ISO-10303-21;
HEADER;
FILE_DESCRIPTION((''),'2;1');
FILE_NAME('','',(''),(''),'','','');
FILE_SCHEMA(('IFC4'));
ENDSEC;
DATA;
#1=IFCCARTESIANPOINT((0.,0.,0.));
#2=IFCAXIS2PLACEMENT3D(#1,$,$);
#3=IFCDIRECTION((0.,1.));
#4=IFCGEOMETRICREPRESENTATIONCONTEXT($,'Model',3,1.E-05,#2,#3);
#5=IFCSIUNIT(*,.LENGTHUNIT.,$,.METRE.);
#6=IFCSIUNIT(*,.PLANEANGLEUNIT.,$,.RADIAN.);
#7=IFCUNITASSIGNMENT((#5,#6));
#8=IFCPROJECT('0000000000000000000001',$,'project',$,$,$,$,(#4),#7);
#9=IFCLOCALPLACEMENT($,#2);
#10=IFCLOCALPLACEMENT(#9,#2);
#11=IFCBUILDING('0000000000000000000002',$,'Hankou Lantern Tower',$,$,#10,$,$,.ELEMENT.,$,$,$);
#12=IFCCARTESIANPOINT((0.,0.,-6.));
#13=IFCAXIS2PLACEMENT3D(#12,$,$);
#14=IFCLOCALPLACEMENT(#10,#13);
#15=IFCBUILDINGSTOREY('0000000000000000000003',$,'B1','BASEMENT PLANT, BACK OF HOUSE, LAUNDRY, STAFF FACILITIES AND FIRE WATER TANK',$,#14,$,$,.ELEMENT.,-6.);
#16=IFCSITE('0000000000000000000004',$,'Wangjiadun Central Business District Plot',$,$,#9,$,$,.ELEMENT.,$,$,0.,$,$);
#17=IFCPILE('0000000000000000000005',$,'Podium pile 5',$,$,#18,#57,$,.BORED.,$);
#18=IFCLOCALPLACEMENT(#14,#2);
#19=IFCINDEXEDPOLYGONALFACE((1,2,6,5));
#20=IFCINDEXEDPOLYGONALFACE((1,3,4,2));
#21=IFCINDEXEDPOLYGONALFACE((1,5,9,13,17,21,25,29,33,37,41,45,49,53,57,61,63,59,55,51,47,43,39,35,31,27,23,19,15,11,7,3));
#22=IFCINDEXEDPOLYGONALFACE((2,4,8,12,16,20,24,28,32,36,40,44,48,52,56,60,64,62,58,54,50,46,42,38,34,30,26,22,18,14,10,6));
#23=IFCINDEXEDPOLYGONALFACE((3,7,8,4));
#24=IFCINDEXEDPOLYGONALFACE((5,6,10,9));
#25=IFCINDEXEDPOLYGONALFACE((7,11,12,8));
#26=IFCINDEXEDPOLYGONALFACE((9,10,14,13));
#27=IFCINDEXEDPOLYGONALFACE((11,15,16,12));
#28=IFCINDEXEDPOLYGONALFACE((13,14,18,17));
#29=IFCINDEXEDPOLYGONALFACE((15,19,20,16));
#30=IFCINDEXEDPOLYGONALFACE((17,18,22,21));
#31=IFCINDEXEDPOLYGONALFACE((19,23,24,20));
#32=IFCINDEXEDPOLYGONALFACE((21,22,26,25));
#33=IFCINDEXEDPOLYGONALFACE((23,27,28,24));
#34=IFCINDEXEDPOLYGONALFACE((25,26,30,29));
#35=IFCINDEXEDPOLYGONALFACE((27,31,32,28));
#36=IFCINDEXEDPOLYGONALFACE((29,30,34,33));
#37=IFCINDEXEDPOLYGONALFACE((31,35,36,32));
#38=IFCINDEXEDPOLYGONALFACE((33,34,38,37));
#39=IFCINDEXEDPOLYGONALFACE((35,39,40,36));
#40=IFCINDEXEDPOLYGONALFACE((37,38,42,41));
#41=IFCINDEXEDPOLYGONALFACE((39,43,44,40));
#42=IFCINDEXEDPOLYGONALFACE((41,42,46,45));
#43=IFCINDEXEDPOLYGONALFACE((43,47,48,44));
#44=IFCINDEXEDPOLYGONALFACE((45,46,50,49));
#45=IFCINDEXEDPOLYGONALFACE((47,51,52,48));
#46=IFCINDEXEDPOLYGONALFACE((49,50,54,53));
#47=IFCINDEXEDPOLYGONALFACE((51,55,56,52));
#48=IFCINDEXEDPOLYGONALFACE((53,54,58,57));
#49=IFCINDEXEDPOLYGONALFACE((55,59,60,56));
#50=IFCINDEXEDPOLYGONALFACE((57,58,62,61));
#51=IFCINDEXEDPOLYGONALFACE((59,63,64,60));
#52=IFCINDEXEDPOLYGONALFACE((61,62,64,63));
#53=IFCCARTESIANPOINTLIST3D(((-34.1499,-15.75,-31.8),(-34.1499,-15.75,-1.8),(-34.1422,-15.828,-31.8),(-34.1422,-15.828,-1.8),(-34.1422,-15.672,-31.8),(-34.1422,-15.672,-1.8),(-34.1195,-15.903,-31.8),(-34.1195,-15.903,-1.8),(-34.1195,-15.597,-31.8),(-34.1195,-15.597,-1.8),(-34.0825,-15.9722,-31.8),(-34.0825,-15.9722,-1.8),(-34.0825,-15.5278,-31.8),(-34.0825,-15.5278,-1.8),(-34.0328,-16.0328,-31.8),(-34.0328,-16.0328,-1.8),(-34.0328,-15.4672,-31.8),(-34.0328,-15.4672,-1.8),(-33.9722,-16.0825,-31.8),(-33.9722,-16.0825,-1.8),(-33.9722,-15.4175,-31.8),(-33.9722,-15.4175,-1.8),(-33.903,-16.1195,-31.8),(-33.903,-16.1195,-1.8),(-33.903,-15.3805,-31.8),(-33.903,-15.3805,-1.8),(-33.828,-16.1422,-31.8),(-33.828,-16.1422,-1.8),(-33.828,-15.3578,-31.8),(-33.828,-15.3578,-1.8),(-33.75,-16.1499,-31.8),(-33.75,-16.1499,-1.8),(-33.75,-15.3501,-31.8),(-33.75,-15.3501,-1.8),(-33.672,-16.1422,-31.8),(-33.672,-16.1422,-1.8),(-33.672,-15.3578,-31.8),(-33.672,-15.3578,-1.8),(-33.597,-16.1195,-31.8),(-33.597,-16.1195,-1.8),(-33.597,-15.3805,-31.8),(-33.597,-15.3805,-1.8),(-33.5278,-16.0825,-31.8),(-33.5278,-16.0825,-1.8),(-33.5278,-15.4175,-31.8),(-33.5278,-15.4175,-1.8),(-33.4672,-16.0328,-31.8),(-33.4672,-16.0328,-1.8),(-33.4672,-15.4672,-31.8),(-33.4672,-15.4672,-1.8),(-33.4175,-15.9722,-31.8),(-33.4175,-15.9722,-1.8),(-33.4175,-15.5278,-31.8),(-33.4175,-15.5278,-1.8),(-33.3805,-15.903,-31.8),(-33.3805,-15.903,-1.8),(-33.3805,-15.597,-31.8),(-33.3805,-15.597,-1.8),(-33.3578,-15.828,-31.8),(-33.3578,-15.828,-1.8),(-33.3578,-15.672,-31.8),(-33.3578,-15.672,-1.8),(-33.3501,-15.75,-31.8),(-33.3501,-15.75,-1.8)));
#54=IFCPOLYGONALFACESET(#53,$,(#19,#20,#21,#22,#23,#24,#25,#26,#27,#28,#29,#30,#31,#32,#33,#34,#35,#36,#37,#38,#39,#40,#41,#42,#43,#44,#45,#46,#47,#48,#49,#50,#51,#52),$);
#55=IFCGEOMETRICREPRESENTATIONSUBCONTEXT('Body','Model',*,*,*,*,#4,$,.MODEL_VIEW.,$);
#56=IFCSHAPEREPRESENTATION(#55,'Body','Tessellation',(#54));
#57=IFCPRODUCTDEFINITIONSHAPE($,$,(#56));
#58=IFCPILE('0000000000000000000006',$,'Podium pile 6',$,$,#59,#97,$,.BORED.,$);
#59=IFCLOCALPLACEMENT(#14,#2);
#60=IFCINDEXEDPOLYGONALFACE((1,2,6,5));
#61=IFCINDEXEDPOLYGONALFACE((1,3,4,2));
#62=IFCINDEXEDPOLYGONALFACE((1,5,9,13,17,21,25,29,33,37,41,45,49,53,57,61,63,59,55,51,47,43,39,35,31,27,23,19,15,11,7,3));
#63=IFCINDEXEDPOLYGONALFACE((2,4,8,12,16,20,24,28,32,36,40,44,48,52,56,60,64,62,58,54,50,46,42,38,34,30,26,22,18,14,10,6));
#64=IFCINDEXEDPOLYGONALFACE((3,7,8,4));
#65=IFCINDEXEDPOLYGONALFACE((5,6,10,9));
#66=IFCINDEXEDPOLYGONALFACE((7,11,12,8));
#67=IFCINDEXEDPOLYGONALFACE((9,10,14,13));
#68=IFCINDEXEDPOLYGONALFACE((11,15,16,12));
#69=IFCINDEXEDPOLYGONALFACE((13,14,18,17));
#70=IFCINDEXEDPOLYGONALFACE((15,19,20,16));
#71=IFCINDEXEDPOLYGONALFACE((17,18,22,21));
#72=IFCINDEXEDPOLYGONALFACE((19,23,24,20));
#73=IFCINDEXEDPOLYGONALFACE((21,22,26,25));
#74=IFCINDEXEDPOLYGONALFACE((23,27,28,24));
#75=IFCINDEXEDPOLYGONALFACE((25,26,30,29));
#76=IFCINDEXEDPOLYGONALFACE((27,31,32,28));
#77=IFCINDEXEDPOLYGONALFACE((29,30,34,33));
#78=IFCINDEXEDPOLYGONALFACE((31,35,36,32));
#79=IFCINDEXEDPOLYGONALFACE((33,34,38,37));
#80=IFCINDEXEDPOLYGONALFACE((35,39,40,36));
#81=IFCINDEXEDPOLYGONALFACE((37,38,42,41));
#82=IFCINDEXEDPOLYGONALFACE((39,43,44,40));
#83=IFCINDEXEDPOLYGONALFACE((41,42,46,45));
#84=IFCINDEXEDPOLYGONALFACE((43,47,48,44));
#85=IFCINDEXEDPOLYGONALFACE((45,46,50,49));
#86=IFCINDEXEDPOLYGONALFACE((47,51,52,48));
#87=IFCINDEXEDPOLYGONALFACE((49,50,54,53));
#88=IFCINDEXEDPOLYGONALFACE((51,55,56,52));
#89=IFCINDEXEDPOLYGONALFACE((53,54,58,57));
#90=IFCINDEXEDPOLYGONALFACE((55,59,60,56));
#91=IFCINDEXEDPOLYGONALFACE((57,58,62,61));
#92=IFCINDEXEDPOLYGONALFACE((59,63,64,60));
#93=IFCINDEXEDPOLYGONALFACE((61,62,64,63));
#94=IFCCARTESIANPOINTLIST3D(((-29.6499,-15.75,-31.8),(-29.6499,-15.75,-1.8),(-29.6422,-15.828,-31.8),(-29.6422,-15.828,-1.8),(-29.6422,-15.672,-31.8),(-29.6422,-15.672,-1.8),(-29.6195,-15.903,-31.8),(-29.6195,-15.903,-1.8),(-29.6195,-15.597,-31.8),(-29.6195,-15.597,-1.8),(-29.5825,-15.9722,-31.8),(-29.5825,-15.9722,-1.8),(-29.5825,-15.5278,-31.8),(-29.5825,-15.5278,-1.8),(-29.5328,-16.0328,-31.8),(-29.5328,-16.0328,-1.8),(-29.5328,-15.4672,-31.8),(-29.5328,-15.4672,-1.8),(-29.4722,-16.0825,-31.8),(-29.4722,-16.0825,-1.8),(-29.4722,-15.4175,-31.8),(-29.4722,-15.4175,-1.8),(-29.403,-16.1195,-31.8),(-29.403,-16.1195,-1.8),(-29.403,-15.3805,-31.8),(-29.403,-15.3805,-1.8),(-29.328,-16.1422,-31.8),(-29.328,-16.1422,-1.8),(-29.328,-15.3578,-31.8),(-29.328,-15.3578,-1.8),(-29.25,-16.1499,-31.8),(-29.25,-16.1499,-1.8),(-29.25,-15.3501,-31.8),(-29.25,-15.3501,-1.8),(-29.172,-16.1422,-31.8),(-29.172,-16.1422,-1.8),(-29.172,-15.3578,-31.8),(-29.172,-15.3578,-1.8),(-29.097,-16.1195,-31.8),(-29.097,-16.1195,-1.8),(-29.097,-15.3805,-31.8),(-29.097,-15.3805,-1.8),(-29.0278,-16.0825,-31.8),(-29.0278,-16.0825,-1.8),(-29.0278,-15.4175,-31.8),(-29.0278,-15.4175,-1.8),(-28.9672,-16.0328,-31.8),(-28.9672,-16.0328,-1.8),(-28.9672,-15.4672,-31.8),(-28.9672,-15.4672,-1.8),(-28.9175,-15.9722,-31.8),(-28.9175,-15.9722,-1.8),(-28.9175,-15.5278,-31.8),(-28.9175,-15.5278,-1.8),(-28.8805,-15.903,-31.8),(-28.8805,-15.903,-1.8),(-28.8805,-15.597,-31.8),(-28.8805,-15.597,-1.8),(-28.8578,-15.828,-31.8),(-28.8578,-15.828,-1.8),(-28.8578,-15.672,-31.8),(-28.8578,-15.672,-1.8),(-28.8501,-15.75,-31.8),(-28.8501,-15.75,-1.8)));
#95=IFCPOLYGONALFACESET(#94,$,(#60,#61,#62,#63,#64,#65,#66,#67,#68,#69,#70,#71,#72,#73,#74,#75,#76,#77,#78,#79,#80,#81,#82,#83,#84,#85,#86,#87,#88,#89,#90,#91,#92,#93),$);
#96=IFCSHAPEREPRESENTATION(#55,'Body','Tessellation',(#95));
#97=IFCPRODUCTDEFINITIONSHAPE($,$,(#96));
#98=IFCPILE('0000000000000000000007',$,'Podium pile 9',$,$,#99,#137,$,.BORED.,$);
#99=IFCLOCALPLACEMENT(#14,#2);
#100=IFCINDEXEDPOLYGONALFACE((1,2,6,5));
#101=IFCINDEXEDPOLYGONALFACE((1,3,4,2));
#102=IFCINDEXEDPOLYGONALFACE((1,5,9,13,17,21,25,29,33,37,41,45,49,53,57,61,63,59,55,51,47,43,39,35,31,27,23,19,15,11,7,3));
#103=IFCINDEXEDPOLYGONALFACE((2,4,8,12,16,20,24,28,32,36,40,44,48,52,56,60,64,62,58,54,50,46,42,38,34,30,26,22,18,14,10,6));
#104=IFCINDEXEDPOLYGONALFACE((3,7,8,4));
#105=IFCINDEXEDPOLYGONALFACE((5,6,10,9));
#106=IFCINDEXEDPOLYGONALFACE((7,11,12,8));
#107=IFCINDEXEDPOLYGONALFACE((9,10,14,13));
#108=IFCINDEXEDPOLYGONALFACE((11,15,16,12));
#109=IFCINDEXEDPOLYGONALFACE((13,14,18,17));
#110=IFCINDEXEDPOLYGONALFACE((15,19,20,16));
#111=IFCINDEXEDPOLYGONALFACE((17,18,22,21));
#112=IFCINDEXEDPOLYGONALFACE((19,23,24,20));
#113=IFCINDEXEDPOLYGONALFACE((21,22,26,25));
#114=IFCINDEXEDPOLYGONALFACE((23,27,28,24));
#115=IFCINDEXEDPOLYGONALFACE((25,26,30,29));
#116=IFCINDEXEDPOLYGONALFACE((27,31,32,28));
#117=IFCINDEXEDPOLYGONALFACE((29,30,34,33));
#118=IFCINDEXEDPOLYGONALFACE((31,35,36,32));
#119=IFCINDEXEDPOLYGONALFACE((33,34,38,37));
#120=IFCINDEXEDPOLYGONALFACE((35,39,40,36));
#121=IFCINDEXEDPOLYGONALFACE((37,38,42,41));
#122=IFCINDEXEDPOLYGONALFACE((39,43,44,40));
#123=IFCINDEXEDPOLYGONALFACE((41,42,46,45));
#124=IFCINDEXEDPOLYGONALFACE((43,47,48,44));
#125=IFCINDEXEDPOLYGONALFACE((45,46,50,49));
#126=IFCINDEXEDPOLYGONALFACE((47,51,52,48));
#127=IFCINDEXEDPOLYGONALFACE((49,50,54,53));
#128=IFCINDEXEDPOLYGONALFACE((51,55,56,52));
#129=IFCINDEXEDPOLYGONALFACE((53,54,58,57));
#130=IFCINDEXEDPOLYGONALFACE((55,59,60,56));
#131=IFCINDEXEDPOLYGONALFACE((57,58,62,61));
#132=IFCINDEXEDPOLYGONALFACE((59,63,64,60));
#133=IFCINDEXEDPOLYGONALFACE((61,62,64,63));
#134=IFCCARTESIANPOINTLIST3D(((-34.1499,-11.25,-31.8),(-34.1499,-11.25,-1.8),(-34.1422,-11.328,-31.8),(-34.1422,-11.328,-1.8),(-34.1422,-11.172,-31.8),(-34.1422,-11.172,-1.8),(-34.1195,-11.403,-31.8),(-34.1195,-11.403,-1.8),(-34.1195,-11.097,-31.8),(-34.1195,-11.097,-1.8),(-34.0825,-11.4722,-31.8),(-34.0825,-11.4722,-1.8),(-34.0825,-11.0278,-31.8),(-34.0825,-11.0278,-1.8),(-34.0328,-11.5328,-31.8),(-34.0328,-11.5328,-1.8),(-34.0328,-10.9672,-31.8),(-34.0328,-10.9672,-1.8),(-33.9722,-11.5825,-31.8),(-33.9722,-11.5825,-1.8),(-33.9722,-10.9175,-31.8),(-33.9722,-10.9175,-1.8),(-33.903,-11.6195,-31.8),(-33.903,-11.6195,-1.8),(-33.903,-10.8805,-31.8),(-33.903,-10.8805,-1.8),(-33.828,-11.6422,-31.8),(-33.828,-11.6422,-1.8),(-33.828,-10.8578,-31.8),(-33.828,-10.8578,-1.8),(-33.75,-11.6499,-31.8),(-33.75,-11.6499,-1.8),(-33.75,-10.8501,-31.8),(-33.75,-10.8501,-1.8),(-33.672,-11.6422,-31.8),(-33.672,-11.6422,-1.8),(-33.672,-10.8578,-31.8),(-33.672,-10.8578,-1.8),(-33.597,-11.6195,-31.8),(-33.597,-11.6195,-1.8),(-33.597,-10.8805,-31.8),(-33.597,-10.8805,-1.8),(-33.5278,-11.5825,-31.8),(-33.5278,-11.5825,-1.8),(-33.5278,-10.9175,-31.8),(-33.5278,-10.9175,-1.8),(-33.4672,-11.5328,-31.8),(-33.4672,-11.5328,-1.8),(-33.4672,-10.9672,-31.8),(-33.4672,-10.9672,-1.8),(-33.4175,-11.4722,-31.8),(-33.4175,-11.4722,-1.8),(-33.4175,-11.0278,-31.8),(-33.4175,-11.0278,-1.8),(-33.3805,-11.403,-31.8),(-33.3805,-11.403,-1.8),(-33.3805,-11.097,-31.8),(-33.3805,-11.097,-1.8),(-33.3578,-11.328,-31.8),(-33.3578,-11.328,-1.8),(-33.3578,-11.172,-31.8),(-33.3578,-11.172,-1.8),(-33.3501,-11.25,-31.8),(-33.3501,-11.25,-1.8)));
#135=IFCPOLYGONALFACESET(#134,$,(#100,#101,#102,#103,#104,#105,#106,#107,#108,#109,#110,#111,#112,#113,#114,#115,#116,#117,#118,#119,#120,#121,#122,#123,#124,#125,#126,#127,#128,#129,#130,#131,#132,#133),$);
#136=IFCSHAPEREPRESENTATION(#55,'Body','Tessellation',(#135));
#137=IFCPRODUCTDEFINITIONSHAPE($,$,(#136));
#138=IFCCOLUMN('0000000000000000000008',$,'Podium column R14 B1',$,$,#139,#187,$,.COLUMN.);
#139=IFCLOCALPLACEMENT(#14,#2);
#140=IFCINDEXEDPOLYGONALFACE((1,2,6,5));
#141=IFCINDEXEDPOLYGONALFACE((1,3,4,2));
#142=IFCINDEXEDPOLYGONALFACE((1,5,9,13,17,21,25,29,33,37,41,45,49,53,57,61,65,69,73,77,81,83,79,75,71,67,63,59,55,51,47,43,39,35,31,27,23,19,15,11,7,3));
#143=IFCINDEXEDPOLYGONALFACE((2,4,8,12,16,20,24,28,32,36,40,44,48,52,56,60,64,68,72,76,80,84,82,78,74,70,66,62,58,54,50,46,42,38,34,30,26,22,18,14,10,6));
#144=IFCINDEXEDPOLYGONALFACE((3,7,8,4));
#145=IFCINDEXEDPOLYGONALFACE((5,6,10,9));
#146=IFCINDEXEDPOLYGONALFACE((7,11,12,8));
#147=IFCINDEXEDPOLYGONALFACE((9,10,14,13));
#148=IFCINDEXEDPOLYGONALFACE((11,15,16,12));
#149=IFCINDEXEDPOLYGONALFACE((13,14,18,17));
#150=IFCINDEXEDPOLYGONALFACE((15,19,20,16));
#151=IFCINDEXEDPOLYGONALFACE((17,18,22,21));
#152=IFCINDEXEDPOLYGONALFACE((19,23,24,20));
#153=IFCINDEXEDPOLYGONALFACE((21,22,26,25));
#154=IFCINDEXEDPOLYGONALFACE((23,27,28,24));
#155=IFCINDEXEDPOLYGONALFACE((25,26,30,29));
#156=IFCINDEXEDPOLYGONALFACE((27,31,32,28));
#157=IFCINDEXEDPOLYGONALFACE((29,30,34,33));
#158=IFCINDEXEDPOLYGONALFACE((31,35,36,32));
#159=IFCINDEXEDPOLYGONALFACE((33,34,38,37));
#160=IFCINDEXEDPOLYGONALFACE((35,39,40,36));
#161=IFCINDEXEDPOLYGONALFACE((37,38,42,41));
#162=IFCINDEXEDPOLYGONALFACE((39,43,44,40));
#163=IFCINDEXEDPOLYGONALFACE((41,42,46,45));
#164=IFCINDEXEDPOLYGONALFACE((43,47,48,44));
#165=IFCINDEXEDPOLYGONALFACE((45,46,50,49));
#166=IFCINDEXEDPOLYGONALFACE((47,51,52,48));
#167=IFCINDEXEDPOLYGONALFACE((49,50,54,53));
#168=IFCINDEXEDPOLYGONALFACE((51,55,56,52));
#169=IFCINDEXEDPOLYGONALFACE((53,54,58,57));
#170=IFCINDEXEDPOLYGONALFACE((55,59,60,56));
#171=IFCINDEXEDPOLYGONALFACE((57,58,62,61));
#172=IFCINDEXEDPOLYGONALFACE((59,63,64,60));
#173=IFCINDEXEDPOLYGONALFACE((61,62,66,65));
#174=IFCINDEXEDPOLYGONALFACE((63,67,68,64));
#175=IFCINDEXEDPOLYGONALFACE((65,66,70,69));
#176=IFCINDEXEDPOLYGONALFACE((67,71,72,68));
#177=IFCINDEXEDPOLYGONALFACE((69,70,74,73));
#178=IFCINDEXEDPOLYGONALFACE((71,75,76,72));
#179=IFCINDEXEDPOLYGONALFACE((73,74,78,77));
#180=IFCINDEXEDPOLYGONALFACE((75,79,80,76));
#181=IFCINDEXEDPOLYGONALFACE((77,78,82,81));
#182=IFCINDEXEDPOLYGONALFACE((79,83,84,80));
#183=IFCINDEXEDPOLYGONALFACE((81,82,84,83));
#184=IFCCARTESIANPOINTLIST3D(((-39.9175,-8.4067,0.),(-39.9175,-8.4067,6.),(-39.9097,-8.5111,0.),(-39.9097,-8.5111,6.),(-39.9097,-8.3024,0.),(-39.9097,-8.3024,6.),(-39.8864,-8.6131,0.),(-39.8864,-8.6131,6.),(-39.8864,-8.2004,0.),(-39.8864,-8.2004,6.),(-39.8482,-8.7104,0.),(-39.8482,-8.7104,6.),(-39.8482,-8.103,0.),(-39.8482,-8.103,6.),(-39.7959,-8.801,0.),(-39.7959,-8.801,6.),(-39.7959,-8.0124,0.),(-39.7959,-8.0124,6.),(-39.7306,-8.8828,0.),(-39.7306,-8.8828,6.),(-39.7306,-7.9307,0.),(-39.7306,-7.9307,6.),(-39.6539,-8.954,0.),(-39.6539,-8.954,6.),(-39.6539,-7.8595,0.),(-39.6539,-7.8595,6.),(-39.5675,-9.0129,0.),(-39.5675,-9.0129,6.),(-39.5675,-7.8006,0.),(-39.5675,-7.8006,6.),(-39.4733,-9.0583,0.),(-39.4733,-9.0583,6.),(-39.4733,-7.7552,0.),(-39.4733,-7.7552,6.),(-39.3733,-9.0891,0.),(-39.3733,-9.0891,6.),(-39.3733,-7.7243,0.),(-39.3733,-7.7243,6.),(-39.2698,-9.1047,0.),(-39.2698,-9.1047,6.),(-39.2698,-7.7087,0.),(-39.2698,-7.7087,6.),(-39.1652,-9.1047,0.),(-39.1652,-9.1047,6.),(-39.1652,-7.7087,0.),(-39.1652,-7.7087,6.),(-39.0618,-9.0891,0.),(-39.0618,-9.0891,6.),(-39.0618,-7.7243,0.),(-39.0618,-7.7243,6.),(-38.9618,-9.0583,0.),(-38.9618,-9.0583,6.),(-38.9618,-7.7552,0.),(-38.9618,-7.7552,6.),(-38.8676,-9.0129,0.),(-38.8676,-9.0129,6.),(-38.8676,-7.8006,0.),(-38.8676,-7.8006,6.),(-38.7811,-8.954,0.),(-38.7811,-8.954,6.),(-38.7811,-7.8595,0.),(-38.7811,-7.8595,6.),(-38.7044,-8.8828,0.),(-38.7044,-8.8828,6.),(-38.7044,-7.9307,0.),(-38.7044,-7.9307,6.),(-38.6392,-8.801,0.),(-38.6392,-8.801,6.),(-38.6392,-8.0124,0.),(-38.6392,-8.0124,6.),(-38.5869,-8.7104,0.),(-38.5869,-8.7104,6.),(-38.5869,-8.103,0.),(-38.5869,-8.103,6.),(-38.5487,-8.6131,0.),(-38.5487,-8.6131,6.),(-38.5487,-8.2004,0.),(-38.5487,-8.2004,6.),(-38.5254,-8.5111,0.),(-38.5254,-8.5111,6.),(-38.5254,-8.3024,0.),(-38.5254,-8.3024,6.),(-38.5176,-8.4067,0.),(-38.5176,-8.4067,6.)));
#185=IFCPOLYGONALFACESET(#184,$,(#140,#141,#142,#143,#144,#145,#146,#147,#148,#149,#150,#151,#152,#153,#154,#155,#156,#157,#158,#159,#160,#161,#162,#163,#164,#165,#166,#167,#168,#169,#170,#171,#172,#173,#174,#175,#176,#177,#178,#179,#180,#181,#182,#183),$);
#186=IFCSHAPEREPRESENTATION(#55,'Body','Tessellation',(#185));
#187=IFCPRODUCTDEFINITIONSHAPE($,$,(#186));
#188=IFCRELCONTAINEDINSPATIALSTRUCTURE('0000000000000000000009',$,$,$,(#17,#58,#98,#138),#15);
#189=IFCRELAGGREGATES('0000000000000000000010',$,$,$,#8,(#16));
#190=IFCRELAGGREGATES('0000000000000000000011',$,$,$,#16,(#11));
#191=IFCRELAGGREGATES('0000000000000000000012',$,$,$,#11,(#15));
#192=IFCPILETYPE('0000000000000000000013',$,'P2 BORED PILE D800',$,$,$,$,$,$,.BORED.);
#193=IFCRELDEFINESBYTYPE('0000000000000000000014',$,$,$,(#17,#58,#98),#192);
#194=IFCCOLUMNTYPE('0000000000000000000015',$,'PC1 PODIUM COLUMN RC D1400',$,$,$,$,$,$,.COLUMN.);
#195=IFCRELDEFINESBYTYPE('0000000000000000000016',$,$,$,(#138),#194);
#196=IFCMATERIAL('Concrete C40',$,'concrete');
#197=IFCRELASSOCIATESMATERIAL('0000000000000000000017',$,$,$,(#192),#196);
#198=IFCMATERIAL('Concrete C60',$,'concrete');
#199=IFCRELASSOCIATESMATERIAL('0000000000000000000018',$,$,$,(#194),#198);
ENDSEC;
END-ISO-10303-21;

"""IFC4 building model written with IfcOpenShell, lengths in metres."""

from ifc_helpers import new_model, si_unit, direction, frame, origin, origin_2d, place, context, subcontext, project, spatial, circle, extrude, material, material_profile, profile_set, type_object, element, save


model = new_model("IFC4")

# Units and contexts
model_context = context("Model", 3, precision=1e-05, world=origin(), true_north=direction((0.0, 1.0)))
body_context = subcontext(model_context, "Body", "Model", "MODEL_VIEW")
ifc_project = project(units=[si_unit("LENGTHUNIT", "METRE"), si_unit("PLANEANGLEUNIT", "RADIAN")], contexts=[model_context])

# Site, building, storey
site_placement = place(None, origin())
site = spatial("IfcSite", under=ifc_project, at=site_placement, Name="Wangjiadun Central Business District Plot", CompositionType="ELEMENT", RefElevation=0.0)
building_placement = place(site_placement, origin())
building = spatial("IfcBuilding", under=site, at=building_placement, Name="Hankou Lantern Tower", CompositionType="ELEMENT")
storey_placement = place(building_placement, frame((0.0, 0.0, -6.0)))
storey = spatial("IfcBuildingStorey", under=building, at=storey_placement, Name="B1", Description="BASEMENT PLANT, BACK OF HOUSE, LAUNDRY, STAFF FACILITIES AND FIRE WATER TANK", CompositionType="ELEMENT", Elevation=-6.0)

# Piles
ifc_material_1 = material(Name="Concrete C40", Category="concrete")
ifc_material_profile_1 = material_profile(ifc_material_1, circle(Radius=0.3999, at=origin_2d()), Name="RC D800")
ifc_profile_set_1 = profile_set([ifc_material_profile_1], Name="Concrete C40")
pile_type_1 = type_object("IfcPileType", Name="P2 BORED PILE D800", PredefinedType="BORED", material=ifc_profile_set_1)
for number, where, z_axis, x_axis, name in (
    (1, (-33.75, -15.75, -1.8), (0.0, 0.0, -1.0), (1.0, 0.0, 0.0), "Podium pile 5"),
    (2, (-29.25, -15.75, -1.8), (0.0, 0.0, -1.0), (1.0, 0.0, 0.0), "Podium pile 6"),
    (3, (-33.75, -11.25, -1.8), (0.0, 0.0, -1.0), (1.0, 0.0, 0.0), "Podium pile 9"),
):
    element("IfcPile", number, at=place(storey_placement, frame(where, z_axis=z_axis, x_axis=x_axis)), inside=storey, type_object=pile_type_1, Name=name, PredefinedType="BORED", context=body_context, shape_type="SweptSolid", body=[
        extrude(circle(Radius=0.3999, at=origin_2d()), origin(), (0.0, 0.0, 1.0), 30.0),
    ])

# Column
ifc_material_2 = material(Name="Concrete C60", Category="concrete")
ifc_material_profile_2 = material_profile(ifc_material_2, circle(Radius=0.7, at=origin_2d()), Name="RC D1400")
ifc_profile_set_2 = profile_set([ifc_material_profile_2], Name="Concrete C60")
column_type_1 = type_object("IfcColumnType", Name="PC1 PODIUM COLUMN RC D1400", PredefinedType="COLUMN", material=ifc_profile_set_2)
for number, where, z_axis, x_axis, name in (
    (4, (-39.2175, -8.4067, 0.0), (0.0, 0.0, 1.0), (1.0, 0.0, 0.0), "Podium column R14 B1"),
):
    element("IfcColumn", number, at=place(storey_placement, frame(where, z_axis=z_axis, x_axis=x_axis)), inside=storey, type_object=column_type_1, Name=name, PredefinedType="COLUMN", context=body_context, shape_type="SweptSolid", body=[
        extrude(circle(Radius=0.7, at=origin_2d()), origin(), (0.0, 0.0, 1.0), 6.0),
    ])

save(model, "model.ifc")
